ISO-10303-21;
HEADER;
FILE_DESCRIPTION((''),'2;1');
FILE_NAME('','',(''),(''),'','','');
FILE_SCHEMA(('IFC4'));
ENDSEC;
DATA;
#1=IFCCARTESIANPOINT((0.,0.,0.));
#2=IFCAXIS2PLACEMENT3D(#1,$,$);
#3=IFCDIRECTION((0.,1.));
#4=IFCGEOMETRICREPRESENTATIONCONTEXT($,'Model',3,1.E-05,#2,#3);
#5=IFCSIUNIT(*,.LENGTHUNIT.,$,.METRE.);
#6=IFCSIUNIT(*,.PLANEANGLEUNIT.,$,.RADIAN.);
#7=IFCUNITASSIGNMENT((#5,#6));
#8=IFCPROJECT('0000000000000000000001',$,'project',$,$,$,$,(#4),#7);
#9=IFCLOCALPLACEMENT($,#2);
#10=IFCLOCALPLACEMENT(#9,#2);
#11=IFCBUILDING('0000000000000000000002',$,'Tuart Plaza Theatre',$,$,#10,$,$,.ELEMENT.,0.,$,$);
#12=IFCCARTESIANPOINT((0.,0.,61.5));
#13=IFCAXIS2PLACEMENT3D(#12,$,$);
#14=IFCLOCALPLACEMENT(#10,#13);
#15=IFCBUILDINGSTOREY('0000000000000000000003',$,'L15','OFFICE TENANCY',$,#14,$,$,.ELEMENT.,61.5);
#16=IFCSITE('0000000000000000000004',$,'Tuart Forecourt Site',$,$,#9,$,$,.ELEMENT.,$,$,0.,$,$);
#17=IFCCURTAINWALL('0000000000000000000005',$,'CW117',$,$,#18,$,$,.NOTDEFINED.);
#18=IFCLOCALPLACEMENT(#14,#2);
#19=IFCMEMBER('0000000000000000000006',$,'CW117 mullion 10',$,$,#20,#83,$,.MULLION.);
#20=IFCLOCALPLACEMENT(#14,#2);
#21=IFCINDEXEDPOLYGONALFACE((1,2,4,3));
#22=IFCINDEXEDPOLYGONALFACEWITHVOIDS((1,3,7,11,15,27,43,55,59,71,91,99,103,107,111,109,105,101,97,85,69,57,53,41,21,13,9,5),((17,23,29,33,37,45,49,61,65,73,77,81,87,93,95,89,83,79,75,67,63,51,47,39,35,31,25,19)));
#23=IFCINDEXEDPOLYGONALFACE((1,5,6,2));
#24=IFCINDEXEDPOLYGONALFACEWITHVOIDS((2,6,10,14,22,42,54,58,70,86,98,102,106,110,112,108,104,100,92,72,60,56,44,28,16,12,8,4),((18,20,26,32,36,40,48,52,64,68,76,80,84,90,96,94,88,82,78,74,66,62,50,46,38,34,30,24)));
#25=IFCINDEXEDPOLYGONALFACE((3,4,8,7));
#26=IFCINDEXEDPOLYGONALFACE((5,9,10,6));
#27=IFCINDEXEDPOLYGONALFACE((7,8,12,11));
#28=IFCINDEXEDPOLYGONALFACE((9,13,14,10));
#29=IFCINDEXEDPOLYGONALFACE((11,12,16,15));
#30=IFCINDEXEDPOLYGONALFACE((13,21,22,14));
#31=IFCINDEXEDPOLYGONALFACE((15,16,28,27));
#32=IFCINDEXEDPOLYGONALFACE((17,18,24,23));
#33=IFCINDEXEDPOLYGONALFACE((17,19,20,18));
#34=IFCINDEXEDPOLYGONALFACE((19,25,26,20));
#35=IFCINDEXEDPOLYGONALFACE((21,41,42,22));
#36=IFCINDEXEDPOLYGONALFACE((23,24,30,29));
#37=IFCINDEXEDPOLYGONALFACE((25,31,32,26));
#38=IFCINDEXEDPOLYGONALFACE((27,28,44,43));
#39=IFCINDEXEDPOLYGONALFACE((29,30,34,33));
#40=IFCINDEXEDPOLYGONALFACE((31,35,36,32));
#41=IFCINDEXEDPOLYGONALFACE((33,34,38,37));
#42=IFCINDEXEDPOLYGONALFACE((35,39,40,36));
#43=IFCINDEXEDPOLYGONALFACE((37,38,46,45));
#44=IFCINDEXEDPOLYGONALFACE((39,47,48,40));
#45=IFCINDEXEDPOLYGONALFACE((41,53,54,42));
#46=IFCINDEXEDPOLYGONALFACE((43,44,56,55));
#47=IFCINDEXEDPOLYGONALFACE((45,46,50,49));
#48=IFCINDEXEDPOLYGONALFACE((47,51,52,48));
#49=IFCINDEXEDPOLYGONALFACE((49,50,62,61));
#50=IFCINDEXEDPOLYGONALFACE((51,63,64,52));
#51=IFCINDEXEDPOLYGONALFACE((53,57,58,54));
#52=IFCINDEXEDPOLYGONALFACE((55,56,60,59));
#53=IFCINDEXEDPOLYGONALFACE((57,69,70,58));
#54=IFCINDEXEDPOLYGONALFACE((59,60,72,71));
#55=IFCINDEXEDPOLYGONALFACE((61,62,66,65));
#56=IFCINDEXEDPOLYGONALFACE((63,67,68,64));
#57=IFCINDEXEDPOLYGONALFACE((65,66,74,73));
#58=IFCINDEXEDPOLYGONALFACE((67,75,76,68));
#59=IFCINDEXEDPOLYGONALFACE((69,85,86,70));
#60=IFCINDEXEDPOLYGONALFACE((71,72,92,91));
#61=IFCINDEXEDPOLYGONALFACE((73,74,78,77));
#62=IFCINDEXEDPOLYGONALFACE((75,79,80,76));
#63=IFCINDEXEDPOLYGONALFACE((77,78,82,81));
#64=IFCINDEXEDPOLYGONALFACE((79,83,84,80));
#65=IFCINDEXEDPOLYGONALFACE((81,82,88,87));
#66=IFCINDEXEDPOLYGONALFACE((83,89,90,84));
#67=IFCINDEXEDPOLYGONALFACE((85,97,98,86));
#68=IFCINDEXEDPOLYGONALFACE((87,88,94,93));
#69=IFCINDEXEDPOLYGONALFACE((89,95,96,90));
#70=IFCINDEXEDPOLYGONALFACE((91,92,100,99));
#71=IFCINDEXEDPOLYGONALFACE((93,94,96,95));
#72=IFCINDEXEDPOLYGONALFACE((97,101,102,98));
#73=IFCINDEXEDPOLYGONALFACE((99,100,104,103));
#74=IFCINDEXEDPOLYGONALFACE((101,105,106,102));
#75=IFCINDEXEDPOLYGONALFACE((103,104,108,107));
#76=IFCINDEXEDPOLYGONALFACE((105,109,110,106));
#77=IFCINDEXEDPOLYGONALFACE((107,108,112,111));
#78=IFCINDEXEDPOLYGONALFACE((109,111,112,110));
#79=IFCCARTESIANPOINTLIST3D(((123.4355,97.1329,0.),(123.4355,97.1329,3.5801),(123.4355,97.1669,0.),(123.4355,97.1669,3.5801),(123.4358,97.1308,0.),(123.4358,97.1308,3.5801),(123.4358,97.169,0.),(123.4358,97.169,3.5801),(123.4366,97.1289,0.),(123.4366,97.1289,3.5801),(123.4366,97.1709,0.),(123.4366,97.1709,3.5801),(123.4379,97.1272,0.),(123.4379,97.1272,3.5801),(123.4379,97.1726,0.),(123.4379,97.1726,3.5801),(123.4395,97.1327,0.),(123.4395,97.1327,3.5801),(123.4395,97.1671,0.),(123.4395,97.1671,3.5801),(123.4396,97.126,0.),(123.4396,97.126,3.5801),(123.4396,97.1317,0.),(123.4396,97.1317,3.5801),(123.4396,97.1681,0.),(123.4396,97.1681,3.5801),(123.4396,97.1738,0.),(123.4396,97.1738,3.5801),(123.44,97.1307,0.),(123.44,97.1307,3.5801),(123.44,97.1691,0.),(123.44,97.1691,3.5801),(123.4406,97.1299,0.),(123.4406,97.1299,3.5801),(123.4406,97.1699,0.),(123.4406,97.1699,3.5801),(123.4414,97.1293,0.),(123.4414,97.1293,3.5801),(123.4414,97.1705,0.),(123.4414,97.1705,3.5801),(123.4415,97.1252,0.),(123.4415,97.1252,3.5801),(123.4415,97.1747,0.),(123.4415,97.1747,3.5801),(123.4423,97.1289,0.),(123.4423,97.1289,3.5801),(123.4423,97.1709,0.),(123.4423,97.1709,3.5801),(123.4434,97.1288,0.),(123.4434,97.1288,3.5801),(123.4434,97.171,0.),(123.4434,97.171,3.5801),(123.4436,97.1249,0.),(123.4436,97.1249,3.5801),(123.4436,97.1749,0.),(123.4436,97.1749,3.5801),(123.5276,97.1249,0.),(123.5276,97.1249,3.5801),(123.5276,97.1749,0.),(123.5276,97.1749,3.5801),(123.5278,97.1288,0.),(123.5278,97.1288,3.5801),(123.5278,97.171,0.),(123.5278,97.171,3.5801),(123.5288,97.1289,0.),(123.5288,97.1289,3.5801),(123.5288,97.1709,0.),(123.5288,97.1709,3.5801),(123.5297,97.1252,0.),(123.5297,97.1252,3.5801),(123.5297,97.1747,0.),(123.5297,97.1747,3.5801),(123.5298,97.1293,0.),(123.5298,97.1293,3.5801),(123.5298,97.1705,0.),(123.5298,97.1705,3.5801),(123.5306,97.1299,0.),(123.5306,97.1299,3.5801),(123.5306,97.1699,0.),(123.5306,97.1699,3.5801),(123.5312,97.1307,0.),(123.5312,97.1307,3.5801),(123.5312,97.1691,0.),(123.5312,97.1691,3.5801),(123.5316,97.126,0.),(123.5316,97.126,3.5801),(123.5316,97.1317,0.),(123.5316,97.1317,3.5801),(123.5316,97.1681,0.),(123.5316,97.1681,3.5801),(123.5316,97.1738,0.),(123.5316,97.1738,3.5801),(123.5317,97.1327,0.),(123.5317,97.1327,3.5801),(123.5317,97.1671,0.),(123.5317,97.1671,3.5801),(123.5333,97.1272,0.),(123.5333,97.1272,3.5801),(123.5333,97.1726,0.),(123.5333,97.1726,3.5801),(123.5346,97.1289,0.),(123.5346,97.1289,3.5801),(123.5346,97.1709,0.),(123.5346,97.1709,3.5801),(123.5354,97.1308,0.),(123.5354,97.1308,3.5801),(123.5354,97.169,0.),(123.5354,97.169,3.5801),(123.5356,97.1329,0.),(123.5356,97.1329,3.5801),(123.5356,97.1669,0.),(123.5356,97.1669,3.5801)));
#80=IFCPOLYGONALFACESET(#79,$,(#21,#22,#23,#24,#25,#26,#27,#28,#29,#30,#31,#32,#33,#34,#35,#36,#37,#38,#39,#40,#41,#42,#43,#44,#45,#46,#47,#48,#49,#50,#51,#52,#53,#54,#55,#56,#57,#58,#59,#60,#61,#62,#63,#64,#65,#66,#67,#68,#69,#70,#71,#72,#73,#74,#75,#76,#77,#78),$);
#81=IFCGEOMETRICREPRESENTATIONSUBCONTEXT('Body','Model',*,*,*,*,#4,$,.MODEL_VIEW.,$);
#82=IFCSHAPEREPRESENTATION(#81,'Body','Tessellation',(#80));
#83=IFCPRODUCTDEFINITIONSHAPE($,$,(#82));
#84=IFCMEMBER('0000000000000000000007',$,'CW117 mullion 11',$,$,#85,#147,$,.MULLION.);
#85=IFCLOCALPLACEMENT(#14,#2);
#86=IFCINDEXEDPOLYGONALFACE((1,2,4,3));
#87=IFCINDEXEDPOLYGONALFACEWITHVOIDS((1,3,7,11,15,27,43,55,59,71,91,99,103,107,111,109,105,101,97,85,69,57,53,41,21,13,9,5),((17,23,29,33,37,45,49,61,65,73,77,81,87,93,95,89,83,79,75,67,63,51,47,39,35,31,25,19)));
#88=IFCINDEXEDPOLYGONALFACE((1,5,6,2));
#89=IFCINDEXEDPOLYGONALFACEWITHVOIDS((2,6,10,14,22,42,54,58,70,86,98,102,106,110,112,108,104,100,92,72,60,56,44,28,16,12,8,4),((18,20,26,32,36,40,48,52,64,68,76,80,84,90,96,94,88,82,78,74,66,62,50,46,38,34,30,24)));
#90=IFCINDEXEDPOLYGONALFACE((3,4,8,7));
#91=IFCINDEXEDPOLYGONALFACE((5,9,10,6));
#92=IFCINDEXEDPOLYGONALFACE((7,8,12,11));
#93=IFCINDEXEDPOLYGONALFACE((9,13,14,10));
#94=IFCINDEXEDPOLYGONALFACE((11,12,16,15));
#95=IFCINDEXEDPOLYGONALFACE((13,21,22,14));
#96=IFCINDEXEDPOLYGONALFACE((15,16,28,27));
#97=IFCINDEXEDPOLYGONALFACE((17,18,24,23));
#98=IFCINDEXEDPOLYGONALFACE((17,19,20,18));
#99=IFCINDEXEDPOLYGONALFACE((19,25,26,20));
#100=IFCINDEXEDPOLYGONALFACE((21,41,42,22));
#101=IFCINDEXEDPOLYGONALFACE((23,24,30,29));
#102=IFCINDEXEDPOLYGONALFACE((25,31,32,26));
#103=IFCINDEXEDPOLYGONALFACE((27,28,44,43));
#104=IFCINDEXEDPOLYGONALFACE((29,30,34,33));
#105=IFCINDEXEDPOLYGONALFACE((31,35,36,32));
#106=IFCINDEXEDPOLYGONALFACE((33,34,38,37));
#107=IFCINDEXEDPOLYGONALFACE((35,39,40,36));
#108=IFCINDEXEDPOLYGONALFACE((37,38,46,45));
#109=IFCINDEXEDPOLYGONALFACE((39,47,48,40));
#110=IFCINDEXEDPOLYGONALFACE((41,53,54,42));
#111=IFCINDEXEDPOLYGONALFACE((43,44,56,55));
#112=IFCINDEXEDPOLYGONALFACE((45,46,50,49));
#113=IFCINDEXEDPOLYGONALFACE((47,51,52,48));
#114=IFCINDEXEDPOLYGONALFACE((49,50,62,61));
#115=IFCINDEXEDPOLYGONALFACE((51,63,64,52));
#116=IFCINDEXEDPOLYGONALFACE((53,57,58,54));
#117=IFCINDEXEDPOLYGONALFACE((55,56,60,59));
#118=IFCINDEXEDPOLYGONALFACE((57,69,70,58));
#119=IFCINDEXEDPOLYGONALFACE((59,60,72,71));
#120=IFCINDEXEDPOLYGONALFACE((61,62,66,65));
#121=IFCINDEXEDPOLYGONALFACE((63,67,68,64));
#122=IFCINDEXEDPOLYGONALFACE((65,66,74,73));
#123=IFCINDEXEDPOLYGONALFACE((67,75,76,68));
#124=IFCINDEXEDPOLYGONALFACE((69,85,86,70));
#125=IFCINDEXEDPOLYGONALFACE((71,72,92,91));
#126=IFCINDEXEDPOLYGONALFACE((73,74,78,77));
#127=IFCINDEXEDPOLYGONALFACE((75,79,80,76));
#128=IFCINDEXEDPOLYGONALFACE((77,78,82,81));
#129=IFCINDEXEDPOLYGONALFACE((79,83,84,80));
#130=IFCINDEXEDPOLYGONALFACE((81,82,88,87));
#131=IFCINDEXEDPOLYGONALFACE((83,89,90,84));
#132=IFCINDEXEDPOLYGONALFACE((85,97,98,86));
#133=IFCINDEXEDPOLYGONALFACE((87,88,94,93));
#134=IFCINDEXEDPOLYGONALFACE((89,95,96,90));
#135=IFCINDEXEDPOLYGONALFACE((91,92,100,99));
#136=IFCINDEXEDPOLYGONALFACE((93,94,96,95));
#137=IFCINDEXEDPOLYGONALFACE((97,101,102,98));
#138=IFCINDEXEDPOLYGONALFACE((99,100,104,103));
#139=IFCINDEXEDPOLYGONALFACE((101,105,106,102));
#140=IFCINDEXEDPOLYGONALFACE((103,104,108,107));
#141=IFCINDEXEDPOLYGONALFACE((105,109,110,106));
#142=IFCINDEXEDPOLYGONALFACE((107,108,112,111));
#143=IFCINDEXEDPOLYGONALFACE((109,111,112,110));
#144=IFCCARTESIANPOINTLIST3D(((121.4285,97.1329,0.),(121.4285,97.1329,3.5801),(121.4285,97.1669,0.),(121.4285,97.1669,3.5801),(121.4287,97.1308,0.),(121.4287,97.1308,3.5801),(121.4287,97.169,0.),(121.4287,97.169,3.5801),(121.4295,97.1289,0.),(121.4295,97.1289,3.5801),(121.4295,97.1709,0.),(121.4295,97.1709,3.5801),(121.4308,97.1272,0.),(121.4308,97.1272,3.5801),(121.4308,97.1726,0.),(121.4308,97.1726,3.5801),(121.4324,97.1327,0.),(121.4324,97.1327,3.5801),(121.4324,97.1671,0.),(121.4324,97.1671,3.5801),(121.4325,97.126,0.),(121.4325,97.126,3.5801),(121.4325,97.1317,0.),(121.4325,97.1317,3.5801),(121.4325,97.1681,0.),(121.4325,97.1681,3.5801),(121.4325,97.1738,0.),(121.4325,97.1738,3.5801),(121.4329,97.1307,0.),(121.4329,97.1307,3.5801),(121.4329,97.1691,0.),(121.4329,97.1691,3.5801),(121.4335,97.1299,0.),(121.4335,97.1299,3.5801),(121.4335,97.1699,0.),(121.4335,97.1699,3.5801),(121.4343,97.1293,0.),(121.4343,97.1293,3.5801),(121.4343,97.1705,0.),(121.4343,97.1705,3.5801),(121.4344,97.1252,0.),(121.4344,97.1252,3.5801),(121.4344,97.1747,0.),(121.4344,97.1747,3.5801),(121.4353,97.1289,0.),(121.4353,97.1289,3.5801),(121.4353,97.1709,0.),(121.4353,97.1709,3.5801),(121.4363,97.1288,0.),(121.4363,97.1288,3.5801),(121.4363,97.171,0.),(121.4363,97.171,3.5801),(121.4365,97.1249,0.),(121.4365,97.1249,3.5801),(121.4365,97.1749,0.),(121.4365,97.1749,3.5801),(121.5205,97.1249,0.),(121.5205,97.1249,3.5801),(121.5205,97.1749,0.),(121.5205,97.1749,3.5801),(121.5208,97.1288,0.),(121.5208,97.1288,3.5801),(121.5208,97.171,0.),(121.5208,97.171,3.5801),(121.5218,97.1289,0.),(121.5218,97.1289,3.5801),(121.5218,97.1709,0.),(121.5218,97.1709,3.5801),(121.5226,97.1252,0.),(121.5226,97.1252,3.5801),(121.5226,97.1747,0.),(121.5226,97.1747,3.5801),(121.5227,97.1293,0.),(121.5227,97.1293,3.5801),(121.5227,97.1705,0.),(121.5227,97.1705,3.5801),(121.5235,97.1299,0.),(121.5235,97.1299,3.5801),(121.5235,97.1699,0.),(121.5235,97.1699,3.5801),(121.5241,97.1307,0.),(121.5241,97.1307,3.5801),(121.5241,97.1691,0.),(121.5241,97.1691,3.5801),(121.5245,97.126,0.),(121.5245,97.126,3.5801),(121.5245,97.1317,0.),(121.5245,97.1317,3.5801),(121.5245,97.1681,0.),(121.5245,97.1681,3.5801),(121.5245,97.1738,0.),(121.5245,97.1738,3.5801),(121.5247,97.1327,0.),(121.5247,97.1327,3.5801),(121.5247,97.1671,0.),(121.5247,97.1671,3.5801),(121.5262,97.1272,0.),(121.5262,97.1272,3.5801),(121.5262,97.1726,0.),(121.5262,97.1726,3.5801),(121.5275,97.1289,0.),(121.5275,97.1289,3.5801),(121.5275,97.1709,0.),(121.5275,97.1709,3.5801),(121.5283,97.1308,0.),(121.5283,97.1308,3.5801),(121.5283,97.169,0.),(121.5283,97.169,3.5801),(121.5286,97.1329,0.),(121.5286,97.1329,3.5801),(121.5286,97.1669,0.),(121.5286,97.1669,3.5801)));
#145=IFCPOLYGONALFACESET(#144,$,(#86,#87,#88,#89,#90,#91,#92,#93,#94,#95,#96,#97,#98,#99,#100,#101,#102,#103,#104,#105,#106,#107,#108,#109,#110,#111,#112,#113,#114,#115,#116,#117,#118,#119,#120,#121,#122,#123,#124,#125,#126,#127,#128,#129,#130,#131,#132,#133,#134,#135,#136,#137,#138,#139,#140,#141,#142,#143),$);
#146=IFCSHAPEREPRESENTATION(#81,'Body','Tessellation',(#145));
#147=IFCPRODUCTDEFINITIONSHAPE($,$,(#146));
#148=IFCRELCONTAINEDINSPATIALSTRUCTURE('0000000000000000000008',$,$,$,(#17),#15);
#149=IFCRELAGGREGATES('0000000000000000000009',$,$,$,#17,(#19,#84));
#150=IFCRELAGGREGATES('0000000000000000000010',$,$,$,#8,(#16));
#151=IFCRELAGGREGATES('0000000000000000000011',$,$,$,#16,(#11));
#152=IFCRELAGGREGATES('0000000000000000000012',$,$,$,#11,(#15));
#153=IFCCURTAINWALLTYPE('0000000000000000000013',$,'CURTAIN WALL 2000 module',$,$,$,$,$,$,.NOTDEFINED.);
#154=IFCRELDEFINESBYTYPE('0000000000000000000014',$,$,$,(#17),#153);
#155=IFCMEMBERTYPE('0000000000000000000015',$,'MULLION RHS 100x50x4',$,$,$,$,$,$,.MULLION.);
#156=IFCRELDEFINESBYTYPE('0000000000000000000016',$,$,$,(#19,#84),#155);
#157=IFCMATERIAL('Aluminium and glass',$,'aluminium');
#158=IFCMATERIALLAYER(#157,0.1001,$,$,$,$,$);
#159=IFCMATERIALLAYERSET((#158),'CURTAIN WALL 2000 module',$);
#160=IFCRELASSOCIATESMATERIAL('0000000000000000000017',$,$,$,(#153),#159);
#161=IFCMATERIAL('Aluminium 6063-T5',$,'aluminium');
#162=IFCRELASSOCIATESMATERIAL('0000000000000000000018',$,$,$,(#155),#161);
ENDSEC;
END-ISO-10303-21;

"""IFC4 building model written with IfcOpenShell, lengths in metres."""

from ifc_helpers import new_model, si_unit, direction, frame, origin, origin_2d, place, context, subcontext, project, spatial, hollow_rectangle, extrude, material, layer, layer_set, material_profile, profile_set, type_object, element, aggregate, save


model = new_model("IFC4")

# Units and contexts
model_context = context("Model", 3, precision=1e-05, world=origin(), true_north=direction((0.0, 1.0)))
body_context = subcontext(model_context, "Body", "Model", "MODEL_VIEW")
ifc_project = project(units=[si_unit("LENGTHUNIT", "METRE"), si_unit("PLANEANGLEUNIT", "RADIAN")], contexts=[model_context])

# Site, building, storey
site_placement = place(None, origin())
site = spatial("IfcSite", under=ifc_project, at=site_placement, Name="Tuart Forecourt Site", CompositionType="ELEMENT", RefElevation=0.0)
building_placement = place(site_placement, origin())
building = spatial("IfcBuilding", under=site, at=building_placement, Name="Tuart Plaza Theatre", CompositionType="ELEMENT", ElevationOfRefHeight=0.0)
storey_placement = place(building_placement, frame((0.0, 0.0, 61.5)))
storey = spatial("IfcBuildingStorey", under=building, at=storey_placement, Name="L15", Description="OFFICE TENANCY", CompositionType="ELEMENT", Elevation=61.5)

# Curtain wall, members
ifc_material_1 = material(Name="Aluminium and glass", Category="aluminium")
ifc_layer_1 = layer(ifc_material_1, 0.1001)
ifc_layer_set_1 = layer_set([ifc_layer_1], Name="CURTAIN WALL 2000 module")
curtain_wall_type = type_object("IfcCurtainWallType", Name="CURTAIN WALL 2000 module", PredefinedType="NOTDEFINED", material=ifc_layer_set_1)
curtain_wall_placement = place(storey_placement, origin())
curtain_wall = element("IfcCurtainWall", 1, at=curtain_wall_placement, inside=storey, type_object=curtain_wall_type, Name="CW117", PredefinedType="NOTDEFINED")
ifc_material_2 = material(Name="Aluminium 6063-T5", Category="aluminium")
ifc_material_profile_1 = material_profile(ifc_material_2, hollow_rectangle(XDim=0.05, YDim=0.1001, WallThickness=0.0039, InnerFilletRadius=0.0039, OuterFilletRadius=0.0081, at=origin_2d()), Name="RHS 100x50x4")
ifc_profile_set_1 = profile_set([ifc_material_profile_1], Name="Aluminium 6063-T5")
member_type_1 = type_object("IfcMemberType", Name="MULLION RHS 100x50x4", PredefinedType="MULLION", material=ifc_profile_set_1)
member_1_placement = place(storey_placement, frame((123.4856, 97.1499, 0.0), z_axis=(0.0, 0.0, 1.0), x_axis=(0.0, -1.0, 0.0)))
member_1 = element("IfcMember", 2, at=member_1_placement, type_object=member_type_1, Name="CW117 mullion 10", PredefinedType="MULLION", context=body_context, shape_type="SweptSolid", body=[
    extrude(hollow_rectangle(XDim=0.05, YDim=0.1001, WallThickness=0.0039, InnerFilletRadius=0.0039, OuterFilletRadius=0.0081, at=origin_2d()), origin(), (0.0, 0.0, 1.0), 3.5801),
])
member_2_placement = place(storey_placement, frame((121.4785, 97.1499, 0.0), z_axis=(0.0, 0.0, 1.0), x_axis=(0.0, -1.0, 0.0)))
member_2 = element("IfcMember", 3, at=member_2_placement, type_object=member_type_1, Name="CW117 mullion 11", PredefinedType="MULLION", context=body_context, shape_type="SweptSolid", body=[
    extrude(hollow_rectangle(XDim=0.05, YDim=0.1001, WallThickness=0.0039, InnerFilletRadius=0.0039, OuterFilletRadius=0.0081, at=origin_2d()), origin(), (0.0, 0.0, 1.0), 3.5801),
])
aggregate(curtain_wall, [member_1, member_2])

save(model, "model.ifc")
